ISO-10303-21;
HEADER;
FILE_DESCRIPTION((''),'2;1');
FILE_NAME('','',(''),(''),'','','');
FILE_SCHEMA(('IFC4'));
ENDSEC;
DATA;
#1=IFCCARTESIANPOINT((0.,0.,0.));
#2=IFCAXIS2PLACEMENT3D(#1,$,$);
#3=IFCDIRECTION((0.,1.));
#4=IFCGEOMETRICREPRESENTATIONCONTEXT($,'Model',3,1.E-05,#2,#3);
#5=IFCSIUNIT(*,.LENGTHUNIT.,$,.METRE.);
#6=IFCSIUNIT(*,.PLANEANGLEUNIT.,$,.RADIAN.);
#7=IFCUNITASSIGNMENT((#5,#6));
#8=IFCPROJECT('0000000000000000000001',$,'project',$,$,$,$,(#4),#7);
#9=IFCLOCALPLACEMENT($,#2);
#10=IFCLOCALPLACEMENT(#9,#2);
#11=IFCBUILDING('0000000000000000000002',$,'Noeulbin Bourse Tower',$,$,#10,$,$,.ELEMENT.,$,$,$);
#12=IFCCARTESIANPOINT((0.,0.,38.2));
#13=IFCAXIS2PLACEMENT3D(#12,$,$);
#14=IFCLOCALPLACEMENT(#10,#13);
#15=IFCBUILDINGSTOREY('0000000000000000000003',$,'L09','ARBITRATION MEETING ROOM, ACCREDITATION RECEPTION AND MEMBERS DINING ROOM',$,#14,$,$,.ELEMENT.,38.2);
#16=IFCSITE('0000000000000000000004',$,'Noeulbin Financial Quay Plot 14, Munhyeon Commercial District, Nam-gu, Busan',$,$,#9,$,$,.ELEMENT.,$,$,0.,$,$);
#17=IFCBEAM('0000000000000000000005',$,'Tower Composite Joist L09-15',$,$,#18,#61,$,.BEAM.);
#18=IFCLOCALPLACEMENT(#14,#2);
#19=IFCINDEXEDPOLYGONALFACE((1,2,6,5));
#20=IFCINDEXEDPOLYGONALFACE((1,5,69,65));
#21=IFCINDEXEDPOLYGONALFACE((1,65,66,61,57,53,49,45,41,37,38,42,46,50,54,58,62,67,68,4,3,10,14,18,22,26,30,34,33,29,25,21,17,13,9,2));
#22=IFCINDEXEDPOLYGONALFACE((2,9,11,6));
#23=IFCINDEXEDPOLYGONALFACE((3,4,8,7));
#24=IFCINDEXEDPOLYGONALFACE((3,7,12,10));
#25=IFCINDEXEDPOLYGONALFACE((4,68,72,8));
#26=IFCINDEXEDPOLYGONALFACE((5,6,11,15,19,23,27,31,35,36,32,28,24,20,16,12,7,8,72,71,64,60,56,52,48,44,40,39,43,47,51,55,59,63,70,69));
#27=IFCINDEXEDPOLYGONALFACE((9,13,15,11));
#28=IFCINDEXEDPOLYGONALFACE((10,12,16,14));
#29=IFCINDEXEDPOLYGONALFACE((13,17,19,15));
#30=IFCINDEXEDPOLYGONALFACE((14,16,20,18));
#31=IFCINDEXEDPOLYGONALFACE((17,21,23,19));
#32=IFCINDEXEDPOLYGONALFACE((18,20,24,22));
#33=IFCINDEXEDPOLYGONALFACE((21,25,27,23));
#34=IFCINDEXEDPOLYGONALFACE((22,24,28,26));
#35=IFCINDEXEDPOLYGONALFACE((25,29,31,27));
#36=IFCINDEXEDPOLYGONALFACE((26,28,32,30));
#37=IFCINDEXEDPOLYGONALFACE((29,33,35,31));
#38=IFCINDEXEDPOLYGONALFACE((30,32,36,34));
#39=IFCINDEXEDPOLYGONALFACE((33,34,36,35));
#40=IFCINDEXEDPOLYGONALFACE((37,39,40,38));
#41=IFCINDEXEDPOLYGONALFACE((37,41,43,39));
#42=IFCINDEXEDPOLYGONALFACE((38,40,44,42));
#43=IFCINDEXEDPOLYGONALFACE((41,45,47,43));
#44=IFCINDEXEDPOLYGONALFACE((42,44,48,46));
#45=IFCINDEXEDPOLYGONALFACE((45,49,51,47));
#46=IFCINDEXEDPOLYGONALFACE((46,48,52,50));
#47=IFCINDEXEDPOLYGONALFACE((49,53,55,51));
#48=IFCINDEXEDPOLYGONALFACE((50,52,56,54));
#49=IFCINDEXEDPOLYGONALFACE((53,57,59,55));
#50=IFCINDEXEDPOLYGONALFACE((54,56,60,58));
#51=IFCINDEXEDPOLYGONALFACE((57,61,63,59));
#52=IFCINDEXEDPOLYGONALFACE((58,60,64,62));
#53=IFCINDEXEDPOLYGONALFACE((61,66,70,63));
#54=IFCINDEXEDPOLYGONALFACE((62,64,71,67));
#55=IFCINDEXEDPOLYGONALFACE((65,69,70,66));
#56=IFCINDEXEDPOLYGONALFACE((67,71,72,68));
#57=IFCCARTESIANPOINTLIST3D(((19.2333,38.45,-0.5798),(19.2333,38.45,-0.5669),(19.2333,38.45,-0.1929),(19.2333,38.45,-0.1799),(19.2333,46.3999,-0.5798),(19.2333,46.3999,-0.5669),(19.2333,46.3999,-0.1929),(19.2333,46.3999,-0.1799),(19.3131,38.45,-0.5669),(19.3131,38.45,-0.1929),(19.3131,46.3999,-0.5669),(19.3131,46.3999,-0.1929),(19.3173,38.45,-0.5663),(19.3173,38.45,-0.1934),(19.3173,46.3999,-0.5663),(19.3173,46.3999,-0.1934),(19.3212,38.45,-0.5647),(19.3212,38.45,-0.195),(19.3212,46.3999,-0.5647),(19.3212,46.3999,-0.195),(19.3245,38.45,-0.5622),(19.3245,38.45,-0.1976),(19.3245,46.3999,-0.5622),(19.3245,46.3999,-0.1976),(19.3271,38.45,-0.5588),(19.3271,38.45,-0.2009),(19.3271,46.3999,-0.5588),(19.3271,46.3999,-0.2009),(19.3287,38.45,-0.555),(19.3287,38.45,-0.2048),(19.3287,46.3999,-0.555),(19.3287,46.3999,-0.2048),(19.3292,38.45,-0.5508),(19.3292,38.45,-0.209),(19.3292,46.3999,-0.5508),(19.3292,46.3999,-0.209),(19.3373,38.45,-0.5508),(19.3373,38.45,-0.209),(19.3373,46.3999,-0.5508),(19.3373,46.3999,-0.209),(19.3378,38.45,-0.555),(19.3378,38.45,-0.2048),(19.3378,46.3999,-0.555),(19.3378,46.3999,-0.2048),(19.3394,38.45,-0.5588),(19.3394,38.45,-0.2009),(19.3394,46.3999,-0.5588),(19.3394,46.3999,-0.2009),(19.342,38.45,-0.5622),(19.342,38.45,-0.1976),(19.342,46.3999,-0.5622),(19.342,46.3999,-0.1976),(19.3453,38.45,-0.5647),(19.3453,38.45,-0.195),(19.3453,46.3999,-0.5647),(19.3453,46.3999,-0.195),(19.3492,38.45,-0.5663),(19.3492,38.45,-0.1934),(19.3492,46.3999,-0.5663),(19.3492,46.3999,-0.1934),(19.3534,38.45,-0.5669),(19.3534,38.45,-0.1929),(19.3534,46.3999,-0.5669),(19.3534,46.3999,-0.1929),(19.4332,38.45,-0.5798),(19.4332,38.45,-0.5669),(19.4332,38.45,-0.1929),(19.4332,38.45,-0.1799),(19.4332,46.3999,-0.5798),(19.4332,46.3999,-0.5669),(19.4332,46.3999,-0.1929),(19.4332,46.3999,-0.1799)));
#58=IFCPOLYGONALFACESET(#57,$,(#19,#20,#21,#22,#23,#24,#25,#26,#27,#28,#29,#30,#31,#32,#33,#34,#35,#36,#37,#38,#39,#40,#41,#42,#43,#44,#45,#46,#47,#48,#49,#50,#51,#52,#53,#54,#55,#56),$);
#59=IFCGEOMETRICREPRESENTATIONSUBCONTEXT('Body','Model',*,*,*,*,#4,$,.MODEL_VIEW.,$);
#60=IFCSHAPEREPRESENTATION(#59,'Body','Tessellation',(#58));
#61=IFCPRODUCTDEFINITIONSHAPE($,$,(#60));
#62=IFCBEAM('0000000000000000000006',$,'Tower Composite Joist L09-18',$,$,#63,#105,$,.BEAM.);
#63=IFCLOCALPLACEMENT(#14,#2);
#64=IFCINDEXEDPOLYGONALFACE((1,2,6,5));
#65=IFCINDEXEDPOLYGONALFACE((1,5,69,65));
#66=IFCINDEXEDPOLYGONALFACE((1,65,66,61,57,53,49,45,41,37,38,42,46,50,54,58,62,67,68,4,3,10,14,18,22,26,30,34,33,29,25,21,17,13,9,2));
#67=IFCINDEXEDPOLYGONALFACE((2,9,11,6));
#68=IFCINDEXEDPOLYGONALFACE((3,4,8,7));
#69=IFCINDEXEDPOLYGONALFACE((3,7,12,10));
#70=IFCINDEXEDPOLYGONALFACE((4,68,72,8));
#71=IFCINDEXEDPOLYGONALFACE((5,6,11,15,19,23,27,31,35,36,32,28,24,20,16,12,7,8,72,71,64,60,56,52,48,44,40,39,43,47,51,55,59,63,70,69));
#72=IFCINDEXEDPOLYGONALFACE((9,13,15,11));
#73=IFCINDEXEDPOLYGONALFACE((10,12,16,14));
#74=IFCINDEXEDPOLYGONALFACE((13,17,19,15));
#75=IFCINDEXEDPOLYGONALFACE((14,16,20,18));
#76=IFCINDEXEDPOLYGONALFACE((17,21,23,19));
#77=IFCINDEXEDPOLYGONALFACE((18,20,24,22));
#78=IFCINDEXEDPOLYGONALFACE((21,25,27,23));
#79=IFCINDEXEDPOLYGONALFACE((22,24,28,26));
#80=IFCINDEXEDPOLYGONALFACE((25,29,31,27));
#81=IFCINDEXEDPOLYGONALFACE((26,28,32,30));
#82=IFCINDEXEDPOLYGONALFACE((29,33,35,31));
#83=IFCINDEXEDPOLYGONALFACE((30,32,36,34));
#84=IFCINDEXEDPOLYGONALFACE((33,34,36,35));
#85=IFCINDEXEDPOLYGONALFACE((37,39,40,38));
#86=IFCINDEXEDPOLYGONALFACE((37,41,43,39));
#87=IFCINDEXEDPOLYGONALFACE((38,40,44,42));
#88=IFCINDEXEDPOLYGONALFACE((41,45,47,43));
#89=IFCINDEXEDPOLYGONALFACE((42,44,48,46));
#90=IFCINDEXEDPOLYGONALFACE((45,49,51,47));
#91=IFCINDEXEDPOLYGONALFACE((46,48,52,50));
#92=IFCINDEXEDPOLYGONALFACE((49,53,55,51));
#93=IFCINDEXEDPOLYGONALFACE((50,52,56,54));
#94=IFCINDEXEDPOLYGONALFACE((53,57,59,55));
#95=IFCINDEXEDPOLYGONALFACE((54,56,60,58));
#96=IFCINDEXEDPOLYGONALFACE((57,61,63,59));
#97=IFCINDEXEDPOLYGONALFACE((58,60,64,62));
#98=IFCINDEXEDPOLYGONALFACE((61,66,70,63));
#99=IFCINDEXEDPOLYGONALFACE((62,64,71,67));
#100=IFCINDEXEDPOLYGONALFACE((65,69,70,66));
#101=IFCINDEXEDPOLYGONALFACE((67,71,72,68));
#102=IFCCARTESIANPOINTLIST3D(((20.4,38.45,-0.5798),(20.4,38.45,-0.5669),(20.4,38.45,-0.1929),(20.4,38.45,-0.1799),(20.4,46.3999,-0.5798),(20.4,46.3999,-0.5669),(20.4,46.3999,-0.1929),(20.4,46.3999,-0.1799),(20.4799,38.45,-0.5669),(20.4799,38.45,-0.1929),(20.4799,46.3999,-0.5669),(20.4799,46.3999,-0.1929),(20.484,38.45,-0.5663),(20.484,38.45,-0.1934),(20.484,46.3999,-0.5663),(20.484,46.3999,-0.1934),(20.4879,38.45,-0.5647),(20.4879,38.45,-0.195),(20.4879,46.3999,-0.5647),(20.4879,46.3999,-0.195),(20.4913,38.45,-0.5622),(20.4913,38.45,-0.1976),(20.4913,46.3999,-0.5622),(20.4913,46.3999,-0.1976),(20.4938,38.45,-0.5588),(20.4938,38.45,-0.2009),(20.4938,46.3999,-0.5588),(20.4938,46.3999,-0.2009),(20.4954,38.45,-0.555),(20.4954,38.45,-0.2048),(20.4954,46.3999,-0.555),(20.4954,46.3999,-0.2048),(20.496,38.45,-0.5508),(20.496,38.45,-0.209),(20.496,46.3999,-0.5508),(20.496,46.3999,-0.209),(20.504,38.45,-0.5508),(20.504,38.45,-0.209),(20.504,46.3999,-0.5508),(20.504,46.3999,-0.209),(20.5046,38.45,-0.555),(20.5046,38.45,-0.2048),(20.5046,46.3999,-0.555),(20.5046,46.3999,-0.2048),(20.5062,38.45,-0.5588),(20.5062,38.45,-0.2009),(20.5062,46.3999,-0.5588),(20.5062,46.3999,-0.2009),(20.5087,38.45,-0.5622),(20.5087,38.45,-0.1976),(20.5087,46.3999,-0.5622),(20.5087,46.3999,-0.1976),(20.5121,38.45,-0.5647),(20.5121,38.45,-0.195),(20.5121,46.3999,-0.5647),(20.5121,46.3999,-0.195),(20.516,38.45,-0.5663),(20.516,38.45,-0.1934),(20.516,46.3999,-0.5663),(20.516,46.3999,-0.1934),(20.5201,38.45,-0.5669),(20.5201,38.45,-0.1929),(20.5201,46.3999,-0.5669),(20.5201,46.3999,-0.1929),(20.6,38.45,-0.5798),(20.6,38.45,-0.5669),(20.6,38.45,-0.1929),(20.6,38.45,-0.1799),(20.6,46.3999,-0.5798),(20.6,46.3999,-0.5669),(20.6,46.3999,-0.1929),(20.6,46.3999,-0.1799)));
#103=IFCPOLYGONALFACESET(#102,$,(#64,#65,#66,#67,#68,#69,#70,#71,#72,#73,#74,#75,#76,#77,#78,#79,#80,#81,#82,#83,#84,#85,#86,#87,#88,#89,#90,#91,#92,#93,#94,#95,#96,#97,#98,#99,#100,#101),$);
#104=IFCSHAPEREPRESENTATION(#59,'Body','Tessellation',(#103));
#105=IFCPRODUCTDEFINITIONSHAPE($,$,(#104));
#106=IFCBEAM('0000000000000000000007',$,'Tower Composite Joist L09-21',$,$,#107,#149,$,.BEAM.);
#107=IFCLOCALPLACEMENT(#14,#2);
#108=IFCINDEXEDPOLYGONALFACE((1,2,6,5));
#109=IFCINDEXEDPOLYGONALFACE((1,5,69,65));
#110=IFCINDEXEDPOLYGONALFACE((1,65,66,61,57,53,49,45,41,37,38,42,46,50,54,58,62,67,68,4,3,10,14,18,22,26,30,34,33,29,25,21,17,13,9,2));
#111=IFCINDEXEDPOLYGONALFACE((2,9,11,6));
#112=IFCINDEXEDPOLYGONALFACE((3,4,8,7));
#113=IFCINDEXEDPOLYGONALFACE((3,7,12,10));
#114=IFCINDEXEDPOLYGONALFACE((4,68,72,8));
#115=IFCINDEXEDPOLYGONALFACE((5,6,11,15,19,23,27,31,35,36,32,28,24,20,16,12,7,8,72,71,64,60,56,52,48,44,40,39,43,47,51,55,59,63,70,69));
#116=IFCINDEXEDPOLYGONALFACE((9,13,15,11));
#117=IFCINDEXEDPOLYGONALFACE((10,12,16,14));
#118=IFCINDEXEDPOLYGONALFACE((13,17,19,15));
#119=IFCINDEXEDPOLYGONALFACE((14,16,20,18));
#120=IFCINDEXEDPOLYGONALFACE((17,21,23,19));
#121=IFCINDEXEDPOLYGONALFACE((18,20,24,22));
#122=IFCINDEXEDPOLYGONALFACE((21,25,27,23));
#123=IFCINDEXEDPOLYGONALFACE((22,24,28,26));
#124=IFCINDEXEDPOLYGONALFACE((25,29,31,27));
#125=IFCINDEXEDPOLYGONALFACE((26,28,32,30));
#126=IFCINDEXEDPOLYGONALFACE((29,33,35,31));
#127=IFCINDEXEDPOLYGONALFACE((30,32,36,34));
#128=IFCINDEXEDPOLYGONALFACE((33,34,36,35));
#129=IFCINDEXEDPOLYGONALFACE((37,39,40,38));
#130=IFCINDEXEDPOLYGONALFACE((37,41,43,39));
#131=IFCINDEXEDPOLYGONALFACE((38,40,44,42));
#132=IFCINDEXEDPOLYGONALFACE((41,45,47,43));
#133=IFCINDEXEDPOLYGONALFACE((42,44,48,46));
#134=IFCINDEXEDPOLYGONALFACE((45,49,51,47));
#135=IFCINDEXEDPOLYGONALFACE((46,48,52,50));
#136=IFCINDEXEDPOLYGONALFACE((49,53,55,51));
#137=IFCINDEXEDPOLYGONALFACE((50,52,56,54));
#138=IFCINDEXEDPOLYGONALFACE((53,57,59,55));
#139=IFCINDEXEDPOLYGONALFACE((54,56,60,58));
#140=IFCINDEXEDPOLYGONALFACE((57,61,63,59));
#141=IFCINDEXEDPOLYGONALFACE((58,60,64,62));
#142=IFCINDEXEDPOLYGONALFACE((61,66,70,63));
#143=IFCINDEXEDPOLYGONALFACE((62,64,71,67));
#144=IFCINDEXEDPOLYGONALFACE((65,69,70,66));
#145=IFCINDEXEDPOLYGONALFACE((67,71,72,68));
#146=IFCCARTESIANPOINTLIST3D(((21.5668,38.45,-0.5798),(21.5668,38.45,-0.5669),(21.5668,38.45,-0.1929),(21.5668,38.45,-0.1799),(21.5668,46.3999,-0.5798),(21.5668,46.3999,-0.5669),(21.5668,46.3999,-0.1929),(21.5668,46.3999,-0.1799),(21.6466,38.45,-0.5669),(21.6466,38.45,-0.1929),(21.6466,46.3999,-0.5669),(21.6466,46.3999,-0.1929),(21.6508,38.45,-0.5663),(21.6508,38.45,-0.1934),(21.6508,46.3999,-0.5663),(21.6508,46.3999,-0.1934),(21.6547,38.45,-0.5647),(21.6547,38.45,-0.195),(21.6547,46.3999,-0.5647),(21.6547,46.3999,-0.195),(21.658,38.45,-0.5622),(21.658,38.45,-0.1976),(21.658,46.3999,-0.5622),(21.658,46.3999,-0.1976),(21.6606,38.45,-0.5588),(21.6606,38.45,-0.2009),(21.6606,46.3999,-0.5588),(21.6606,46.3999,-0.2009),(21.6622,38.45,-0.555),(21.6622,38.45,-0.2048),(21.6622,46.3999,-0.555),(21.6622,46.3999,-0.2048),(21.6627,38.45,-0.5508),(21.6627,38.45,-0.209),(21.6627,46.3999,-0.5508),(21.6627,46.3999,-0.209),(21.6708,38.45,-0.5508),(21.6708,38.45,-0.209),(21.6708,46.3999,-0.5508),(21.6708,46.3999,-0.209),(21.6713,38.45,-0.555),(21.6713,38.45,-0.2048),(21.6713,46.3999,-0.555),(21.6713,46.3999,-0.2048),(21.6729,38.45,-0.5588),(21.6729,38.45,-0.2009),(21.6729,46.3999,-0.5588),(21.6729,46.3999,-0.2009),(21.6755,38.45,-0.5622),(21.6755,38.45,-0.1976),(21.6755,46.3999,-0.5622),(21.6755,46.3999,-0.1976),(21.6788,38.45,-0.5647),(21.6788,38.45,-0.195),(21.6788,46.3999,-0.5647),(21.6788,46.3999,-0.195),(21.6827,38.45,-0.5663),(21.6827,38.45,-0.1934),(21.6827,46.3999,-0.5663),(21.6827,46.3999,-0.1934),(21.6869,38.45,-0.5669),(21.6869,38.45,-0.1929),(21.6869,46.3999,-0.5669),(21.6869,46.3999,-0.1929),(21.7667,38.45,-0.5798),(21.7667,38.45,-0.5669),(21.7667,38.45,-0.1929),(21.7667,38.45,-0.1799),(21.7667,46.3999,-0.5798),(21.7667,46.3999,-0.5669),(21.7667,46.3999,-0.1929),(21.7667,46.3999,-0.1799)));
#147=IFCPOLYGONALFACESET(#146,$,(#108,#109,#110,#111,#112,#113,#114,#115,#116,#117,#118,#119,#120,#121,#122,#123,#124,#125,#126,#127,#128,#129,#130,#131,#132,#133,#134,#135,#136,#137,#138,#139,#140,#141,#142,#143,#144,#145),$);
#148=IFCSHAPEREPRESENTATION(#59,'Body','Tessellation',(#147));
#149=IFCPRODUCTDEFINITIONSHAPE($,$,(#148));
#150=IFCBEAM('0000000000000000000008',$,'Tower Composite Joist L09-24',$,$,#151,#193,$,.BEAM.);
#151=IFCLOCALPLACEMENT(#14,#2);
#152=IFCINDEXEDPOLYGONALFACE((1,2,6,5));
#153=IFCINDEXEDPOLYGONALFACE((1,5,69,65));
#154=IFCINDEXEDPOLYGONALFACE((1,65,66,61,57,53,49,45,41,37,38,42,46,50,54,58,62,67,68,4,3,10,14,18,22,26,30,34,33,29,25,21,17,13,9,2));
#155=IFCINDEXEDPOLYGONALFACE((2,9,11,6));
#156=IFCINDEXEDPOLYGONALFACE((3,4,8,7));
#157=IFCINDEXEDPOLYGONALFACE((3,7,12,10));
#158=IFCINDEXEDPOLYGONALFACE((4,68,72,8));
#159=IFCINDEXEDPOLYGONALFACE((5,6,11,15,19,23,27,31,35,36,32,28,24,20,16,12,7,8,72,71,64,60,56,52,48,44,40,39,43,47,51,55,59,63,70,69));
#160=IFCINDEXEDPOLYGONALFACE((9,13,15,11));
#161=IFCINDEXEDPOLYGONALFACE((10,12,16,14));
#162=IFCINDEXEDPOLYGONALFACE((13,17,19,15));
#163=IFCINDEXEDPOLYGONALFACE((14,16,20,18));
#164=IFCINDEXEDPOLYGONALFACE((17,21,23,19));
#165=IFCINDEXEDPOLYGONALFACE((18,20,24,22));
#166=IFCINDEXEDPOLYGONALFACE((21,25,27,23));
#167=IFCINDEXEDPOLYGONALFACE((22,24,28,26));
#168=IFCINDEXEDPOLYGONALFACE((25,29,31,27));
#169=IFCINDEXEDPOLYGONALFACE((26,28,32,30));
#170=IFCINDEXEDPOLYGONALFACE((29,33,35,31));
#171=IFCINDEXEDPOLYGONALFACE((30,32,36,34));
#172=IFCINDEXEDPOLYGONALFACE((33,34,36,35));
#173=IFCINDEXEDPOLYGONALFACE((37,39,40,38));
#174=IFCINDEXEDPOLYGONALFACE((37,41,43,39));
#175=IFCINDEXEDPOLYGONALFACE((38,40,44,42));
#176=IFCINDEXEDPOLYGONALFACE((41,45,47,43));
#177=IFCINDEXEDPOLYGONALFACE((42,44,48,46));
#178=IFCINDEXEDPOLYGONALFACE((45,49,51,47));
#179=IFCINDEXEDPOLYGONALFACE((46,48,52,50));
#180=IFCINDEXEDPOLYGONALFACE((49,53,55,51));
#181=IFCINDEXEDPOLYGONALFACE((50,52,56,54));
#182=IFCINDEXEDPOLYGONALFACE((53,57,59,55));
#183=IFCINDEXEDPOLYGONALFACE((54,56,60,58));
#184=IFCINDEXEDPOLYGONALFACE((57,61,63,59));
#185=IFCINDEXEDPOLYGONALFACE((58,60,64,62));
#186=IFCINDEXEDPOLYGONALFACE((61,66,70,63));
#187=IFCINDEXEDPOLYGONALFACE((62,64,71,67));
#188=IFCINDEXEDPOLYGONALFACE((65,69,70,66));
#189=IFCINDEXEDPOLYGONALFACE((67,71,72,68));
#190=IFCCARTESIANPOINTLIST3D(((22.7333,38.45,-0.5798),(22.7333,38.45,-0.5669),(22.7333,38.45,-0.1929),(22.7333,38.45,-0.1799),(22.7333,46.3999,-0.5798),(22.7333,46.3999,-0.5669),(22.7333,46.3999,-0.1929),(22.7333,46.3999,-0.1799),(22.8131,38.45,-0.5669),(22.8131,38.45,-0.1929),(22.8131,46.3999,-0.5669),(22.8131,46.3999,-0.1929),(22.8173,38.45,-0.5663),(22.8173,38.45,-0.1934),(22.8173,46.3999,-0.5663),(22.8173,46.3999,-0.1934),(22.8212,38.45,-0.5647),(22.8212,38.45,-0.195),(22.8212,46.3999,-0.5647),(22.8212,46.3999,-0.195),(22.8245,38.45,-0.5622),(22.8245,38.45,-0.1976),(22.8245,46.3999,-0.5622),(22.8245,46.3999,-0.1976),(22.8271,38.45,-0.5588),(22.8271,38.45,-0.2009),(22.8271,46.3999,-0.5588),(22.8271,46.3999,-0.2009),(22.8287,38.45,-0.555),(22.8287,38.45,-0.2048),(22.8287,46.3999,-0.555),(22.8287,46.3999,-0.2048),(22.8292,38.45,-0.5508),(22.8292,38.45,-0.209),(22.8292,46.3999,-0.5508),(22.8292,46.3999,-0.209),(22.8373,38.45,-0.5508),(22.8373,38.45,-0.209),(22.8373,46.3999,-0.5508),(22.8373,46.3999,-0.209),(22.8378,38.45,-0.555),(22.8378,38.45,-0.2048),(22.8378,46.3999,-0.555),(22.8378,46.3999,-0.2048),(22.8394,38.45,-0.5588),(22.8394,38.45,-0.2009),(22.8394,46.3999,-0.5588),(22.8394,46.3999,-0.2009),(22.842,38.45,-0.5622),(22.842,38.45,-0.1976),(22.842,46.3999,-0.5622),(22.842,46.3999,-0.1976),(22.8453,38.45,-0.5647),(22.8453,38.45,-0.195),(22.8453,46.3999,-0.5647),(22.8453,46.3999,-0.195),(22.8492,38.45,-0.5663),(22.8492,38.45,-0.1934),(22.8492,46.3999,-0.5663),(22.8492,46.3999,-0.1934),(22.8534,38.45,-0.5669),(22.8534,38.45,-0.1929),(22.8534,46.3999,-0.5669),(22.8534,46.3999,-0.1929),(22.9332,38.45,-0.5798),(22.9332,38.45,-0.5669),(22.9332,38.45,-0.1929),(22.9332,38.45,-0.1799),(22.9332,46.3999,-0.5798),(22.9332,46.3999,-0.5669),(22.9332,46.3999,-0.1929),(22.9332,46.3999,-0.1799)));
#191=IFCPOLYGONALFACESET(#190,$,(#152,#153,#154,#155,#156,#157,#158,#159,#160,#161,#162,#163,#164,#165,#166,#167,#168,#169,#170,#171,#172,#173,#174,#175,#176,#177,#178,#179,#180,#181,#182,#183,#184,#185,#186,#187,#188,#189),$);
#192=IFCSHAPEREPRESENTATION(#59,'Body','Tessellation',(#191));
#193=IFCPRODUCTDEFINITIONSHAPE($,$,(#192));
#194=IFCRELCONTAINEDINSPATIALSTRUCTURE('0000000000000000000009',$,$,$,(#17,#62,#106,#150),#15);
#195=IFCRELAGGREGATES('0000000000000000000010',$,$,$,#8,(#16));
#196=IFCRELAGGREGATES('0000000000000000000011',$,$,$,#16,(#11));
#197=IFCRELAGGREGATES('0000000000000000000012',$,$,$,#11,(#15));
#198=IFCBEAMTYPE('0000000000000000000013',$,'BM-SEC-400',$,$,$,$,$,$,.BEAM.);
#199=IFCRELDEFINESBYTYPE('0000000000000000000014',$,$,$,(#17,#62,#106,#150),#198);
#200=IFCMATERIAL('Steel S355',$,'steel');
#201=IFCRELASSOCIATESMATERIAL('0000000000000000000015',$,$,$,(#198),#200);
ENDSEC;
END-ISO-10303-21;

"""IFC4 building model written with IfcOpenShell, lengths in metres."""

from ifc_helpers import new_model, si_unit, direction, frame, origin, origin_2d, place, context, subcontext, project, spatial, i_section, extrude, material, material_profile, profile_set, type_object, element, save


model = new_model("IFC4")

# Units and contexts
model_context = context("Model", 3, precision=1e-05, world=origin(), true_north=direction((0.0, 1.0)))
body_context = subcontext(model_context, "Body", "Model", "MODEL_VIEW")
ifc_project = project(units=[si_unit("LENGTHUNIT", "METRE"), si_unit("PLANEANGLEUNIT", "RADIAN")], contexts=[model_context])

# Site, building, storey
site_placement = place(None, origin())
site = spatial("IfcSite", under=ifc_project, at=site_placement, Name="Noeulbin Financial Quay Plot 14, Munhyeon Commercial District, Nam-gu, Busan", CompositionType="ELEMENT", RefElevation=0.0)
building_placement = place(site_placement, origin())
building = spatial("IfcBuilding", under=site, at=building_placement, Name="Noeulbin Bourse Tower", CompositionType="ELEMENT")
storey_placement = place(building_placement, frame((0.0, 0.0, 38.2)))
storey = spatial("IfcBuildingStorey", under=building, at=storey_placement, Name="L09", Description="ARBITRATION MEETING ROOM, ACCREDITATION RECEPTION AND MEMBERS DINING ROOM", CompositionType="ELEMENT", Elevation=38.2)

# Beams
ifc_material_1 = material(Name="Steel S355", Category="steel")
ifc_material_profile_1 = material_profile(ifc_material_1, i_section(OverallWidth=0.2, OverallDepth=0.3999, WebThickness=0.0081, FlangeThickness=0.0129, FilletRadius=0.0161, at=origin_2d()), Name="H-400x200x8x13", Category="LoadBearing")
ifc_profile_set_1 = profile_set([ifc_material_profile_1], Name="Steel S355")
beam_type_1 = type_object("IfcBeamType", Name="BM-SEC-400", PredefinedType="BEAM", material=ifc_profile_set_1)
for number, where, z_axis, x_axis, name in (
    (1, (19.3333, 38.45, -0.3799), (0.0, 1.0, 0.0), (-1.0, 0.0, 0.0), "Tower Composite Joist L09-15"),
    (2, (20.5, 38.45, -0.3799), (0.0, 1.0, 0.0), (-1.0, 0.0, 0.0), "Tower Composite Joist L09-18"),
    (3, (21.6667, 38.45, -0.3799), (0.0, 1.0, 0.0), (-1.0, 0.0, 0.0), "Tower Composite Joist L09-21"),
    (4, (22.8333, 38.45, -0.3799), (0.0, 1.0, 0.0), (-1.0, 0.0, 0.0), "Tower Composite Joist L09-24"),
):
    element("IfcBeam", number, at=place(storey_placement, frame(where, z_axis=z_axis, x_axis=x_axis)), inside=storey, type_object=beam_type_1, Name=name, PredefinedType="BEAM", context=body_context, shape_type="SweptSolid", body=[
        extrude(i_section(OverallWidth=0.2, OverallDepth=0.3999, WebThickness=0.0081, FlangeThickness=0.0129, FilletRadius=0.0161, at=origin_2d()), origin(), (0.0, 0.0, 1.0), 7.95),
    ])

save(model, "model.ifc")
